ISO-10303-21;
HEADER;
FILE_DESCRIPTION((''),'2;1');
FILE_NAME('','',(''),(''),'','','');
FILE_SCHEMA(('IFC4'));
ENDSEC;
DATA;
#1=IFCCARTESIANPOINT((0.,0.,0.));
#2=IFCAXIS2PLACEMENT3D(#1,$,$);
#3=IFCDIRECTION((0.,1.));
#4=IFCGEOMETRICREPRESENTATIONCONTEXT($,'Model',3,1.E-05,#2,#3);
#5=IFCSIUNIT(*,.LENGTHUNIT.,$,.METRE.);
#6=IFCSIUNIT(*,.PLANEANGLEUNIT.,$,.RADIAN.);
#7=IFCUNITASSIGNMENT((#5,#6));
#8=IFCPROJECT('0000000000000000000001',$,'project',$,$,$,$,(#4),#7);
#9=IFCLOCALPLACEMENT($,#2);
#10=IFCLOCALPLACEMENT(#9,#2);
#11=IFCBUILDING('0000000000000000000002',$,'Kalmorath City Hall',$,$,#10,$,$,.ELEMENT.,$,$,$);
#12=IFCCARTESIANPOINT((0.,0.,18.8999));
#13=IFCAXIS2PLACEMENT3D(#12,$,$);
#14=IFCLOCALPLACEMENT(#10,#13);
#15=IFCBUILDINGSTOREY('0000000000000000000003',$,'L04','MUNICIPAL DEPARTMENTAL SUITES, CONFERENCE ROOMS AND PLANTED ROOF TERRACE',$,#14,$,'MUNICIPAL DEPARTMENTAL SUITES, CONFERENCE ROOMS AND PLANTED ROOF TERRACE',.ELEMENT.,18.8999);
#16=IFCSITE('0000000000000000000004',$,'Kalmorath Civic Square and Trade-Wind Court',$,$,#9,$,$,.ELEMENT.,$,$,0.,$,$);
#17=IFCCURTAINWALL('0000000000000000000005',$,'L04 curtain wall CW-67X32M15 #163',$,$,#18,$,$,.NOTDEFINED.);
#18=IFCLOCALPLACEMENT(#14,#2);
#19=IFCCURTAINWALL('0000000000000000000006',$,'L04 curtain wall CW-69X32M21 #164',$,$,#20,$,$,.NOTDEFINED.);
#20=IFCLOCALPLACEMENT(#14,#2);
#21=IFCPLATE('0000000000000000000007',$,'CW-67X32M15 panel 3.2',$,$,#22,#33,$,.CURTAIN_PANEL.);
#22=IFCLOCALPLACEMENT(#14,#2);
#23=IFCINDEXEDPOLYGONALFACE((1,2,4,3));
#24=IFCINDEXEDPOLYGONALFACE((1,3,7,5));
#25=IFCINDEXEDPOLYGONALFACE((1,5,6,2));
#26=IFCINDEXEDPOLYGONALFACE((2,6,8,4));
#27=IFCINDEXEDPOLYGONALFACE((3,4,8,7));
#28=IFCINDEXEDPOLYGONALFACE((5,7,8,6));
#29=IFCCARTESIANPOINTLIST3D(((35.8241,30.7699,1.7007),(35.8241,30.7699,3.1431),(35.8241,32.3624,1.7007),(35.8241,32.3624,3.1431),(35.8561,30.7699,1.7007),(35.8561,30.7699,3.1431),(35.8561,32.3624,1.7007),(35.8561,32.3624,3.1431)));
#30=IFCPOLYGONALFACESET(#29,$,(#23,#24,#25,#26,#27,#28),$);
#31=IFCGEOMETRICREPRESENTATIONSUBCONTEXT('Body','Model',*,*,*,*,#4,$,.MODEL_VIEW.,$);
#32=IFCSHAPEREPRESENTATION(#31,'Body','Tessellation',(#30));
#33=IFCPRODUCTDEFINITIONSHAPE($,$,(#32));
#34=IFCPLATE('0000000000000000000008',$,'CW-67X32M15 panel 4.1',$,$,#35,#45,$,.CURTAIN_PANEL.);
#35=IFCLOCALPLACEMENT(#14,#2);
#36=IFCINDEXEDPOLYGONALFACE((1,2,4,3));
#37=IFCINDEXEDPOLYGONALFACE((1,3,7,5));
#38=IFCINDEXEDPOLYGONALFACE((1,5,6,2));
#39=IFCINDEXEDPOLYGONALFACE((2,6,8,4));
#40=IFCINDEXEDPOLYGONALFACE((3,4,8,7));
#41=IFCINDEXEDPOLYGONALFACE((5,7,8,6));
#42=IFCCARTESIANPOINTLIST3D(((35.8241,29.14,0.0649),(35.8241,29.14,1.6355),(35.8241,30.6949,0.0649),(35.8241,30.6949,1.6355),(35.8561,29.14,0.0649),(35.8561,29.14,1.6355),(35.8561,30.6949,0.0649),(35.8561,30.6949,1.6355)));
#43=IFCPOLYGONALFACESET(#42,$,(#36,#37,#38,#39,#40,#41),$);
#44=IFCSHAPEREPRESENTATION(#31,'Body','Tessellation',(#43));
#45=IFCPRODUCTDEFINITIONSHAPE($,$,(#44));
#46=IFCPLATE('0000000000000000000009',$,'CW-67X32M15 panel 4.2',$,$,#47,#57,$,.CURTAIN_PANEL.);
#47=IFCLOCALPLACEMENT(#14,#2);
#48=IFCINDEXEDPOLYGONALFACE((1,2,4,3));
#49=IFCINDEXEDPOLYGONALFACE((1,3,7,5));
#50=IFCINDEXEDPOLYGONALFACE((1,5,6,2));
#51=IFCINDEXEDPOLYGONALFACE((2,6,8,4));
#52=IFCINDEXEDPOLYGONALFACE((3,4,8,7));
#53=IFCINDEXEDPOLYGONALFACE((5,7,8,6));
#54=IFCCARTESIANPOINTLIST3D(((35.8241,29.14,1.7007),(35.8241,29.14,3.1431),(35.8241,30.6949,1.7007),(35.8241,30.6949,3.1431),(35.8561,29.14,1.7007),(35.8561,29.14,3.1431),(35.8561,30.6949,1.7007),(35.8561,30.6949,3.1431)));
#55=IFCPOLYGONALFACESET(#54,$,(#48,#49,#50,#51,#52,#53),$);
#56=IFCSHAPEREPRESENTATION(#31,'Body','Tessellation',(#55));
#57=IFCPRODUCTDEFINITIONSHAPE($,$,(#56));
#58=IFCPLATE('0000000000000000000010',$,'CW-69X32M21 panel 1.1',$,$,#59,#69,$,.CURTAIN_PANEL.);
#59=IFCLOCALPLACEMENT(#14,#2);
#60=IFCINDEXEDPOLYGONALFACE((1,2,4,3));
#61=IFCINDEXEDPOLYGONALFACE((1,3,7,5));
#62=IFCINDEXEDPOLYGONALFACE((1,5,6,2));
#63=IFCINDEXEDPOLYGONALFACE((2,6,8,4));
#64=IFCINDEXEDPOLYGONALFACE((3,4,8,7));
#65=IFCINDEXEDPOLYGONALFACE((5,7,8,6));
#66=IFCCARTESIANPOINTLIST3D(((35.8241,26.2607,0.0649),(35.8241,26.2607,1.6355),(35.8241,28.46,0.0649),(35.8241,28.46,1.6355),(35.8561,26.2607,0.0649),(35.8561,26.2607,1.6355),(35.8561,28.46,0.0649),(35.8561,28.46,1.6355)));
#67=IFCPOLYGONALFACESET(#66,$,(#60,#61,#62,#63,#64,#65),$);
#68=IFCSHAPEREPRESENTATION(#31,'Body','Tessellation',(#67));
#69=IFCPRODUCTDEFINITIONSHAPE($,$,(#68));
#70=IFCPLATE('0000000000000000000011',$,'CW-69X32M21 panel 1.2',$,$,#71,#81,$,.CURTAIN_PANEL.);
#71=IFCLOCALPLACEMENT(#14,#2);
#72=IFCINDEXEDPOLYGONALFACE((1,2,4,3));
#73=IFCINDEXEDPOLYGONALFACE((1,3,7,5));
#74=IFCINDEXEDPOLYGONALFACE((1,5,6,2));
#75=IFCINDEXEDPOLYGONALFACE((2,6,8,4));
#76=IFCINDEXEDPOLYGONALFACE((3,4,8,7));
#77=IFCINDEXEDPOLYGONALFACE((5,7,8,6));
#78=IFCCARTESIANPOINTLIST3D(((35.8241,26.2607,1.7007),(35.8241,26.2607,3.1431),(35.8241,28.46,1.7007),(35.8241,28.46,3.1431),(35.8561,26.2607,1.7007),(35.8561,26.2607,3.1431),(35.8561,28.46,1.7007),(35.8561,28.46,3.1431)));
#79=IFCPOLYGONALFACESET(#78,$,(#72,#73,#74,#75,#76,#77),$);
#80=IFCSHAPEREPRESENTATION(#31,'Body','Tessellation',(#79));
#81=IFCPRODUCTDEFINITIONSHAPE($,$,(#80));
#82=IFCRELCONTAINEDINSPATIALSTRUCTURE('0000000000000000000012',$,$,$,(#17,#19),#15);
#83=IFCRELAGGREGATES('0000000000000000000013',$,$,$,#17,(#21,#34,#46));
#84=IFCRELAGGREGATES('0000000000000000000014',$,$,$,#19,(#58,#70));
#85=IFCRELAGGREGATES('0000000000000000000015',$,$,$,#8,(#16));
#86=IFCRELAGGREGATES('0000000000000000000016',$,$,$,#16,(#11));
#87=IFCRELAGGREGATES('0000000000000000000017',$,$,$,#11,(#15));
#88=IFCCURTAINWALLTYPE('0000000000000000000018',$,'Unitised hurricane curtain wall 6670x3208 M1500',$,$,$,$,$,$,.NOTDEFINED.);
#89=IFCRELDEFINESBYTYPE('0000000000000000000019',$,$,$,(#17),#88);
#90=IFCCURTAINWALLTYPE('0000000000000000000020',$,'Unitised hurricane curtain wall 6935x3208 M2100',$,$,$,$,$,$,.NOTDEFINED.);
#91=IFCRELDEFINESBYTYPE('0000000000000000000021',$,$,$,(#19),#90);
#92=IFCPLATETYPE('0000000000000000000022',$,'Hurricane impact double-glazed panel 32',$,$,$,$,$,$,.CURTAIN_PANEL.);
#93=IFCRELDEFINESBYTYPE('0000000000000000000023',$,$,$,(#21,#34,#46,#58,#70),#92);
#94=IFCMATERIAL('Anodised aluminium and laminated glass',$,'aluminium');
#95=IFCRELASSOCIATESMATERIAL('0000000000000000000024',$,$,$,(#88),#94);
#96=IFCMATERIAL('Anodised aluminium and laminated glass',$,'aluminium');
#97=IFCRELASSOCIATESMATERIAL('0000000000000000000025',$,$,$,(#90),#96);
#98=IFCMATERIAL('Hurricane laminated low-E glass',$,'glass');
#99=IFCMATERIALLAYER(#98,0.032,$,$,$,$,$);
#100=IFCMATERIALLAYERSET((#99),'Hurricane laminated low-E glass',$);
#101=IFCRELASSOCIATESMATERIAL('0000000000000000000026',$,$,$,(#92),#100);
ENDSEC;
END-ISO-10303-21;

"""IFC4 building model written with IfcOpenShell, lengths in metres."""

from ifc_helpers import new_model, si_unit, direction, frame, origin, origin_2d, place, context, subcontext, project, spatial, rectangle, extrude, material, layer, layer_set, type_object, element, aggregate, save


model = new_model("IFC4")

# Units and contexts
model_context = context("Model", 3, precision=1e-05, world=origin(), true_north=direction((0.0, 1.0)))
body_context = subcontext(model_context, "Body", "Model", "MODEL_VIEW")
ifc_project = project(units=[si_unit("LENGTHUNIT", "METRE"), si_unit("PLANEANGLEUNIT", "RADIAN")], contexts=[model_context])

# Site, building, storey
site_placement = place(None, origin())
site = spatial("IfcSite", under=ifc_project, at=site_placement, Name="Kalmorath Civic Square and Trade-Wind Court", CompositionType="ELEMENT", RefElevation=0.0)
building_placement = place(site_placement, origin())
building = spatial("IfcBuilding", under=site, at=building_placement, Name="Kalmorath City Hall", CompositionType="ELEMENT")
storey_placement = place(building_placement, frame((0.0, 0.0, 18.8999)))
storey = spatial("IfcBuildingStorey", under=building, at=storey_placement, Name="L04", Description="MUNICIPAL DEPARTMENTAL SUITES, CONFERENCE ROOMS AND PLANTED ROOF TERRACE", LongName="MUNICIPAL DEPARTMENTAL SUITES, CONFERENCE ROOMS AND PLANTED ROOF TERRACE", CompositionType="ELEMENT", Elevation=18.8999)

# Curtain wall
ifc_material_1 = material(Name="Anodised aluminium and laminated glass", Category="aluminium")
curtain_wall_type_1 = type_object("IfcCurtainWallType", Name="Unitised hurricane curtain wall 6670x3208 M1500", PredefinedType="NOTDEFINED", material=ifc_material_1)
curtain_wall_1_placement = place(storey_placement, origin())
curtain_wall_1 = element("IfcCurtainWall", 1, at=curtain_wall_1_placement, inside=storey, type_object=curtain_wall_type_1, Name="L04 curtain wall CW-67X32M15 #163", PredefinedType="NOTDEFINED")

# Curtain wall
ifc_material_2 = material(Name="Anodised aluminium and laminated glass", Category="aluminium")
curtain_wall_type_2 = type_object("IfcCurtainWallType", Name="Unitised hurricane curtain wall 6935x3208 M2100", PredefinedType="NOTDEFINED", material=ifc_material_2)
curtain_wall_2_placement = place(storey_placement, origin())
curtain_wall_2 = element("IfcCurtainWall", 2, at=curtain_wall_2_placement, inside=storey, type_object=curtain_wall_type_2, Name="L04 curtain wall CW-69X32M21 #164", PredefinedType="NOTDEFINED")

# Plates
ifc_material_3 = material(Name="Hurricane laminated low-E glass", Category="glass")
ifc_layer = layer(ifc_material_3, 0.032)
ifc_layer_set = layer_set([ifc_layer], Name="Hurricane laminated low-E glass")
plate_type = type_object("IfcPlateType", Name="Hurricane impact double-glazed panel 32", PredefinedType="CURTAIN_PANEL", material=ifc_layer_set)
plate_1_placement = place(storey_placement, frame((35.8401, 31.5662, 1.7007), z_axis=(0.0, 0.0, 1.0), x_axis=(0.0, -1.0, 0.0)))
plate_1 = element("IfcPlate", 3, at=plate_1_placement, type_object=plate_type, Name="CW-67X32M15 panel 3.2", PredefinedType="CURTAIN_PANEL", context=body_context, shape_type="SweptSolid", body=[
    extrude(rectangle(XDim=1.5925, YDim=0.032, at=origin_2d()), origin(), (0.0, 0.0, 1.0), 1.4424),
])
plate_2_placement = place(storey_placement, frame((35.8401, 29.9175, 0.0649), z_axis=(0.0, 0.0, 1.0), x_axis=(0.0, -1.0, 0.0)))
plate_2 = element("IfcPlate", 4, at=plate_2_placement, type_object=plate_type, Name="CW-67X32M15 panel 4.1", PredefinedType="CURTAIN_PANEL", context=body_context, shape_type="SweptSolid", body=[
    extrude(rectangle(XDim=1.5549, YDim=0.032, at=origin_2d()), origin(), (0.0, 0.0, 1.0), 1.5706),
])
plate_3_placement = place(storey_placement, frame((35.8401, 29.9175, 1.7007), z_axis=(0.0, 0.0, 1.0), x_axis=(0.0, -1.0, 0.0)))
plate_3 = element("IfcPlate", 5, at=plate_3_placement, type_object=plate_type, Name="CW-67X32M15 panel 4.2", PredefinedType="CURTAIN_PANEL", context=body_context, shape_type="SweptSolid", body=[
    extrude(rectangle(XDim=1.5549, YDim=0.032, at=origin_2d()), origin(), (0.0, 0.0, 1.0), 1.4424),
])
aggregate(curtain_wall_1, [plate_1, plate_2, plate_3])
plate_4_placement = place(storey_placement, frame((35.8401, 27.3604, 0.0649), z_axis=(0.0, 0.0, 1.0), x_axis=(0.0, -1.0, 0.0)))
plate_4 = element("IfcPlate", 6, at=plate_4_placement, type_object=plate_type, Name="CW-69X32M21 panel 1.1", PredefinedType="CURTAIN_PANEL", context=body_context, shape_type="SweptSolid", body=[
    extrude(rectangle(XDim=2.1992, YDim=0.032, at=origin_2d()), origin(), (0.0, 0.0, 1.0), 1.5706),
])
plate_5_placement = place(storey_placement, frame((35.8401, 27.3604, 1.7007), z_axis=(0.0, 0.0, 1.0), x_axis=(0.0, -1.0, 0.0)))
plate_5 = element("IfcPlate", 7, at=plate_5_placement, type_object=plate_type, Name="CW-69X32M21 panel 1.2", PredefinedType="CURTAIN_PANEL", context=body_context, shape_type="SweptSolid", body=[
    extrude(rectangle(XDim=2.1992, YDim=0.032, at=origin_2d()), origin(), (0.0, 0.0, 1.0), 1.4424),
])
aggregate(curtain_wall_2, [plate_4, plate_5])

save(model, "model.ifc")
